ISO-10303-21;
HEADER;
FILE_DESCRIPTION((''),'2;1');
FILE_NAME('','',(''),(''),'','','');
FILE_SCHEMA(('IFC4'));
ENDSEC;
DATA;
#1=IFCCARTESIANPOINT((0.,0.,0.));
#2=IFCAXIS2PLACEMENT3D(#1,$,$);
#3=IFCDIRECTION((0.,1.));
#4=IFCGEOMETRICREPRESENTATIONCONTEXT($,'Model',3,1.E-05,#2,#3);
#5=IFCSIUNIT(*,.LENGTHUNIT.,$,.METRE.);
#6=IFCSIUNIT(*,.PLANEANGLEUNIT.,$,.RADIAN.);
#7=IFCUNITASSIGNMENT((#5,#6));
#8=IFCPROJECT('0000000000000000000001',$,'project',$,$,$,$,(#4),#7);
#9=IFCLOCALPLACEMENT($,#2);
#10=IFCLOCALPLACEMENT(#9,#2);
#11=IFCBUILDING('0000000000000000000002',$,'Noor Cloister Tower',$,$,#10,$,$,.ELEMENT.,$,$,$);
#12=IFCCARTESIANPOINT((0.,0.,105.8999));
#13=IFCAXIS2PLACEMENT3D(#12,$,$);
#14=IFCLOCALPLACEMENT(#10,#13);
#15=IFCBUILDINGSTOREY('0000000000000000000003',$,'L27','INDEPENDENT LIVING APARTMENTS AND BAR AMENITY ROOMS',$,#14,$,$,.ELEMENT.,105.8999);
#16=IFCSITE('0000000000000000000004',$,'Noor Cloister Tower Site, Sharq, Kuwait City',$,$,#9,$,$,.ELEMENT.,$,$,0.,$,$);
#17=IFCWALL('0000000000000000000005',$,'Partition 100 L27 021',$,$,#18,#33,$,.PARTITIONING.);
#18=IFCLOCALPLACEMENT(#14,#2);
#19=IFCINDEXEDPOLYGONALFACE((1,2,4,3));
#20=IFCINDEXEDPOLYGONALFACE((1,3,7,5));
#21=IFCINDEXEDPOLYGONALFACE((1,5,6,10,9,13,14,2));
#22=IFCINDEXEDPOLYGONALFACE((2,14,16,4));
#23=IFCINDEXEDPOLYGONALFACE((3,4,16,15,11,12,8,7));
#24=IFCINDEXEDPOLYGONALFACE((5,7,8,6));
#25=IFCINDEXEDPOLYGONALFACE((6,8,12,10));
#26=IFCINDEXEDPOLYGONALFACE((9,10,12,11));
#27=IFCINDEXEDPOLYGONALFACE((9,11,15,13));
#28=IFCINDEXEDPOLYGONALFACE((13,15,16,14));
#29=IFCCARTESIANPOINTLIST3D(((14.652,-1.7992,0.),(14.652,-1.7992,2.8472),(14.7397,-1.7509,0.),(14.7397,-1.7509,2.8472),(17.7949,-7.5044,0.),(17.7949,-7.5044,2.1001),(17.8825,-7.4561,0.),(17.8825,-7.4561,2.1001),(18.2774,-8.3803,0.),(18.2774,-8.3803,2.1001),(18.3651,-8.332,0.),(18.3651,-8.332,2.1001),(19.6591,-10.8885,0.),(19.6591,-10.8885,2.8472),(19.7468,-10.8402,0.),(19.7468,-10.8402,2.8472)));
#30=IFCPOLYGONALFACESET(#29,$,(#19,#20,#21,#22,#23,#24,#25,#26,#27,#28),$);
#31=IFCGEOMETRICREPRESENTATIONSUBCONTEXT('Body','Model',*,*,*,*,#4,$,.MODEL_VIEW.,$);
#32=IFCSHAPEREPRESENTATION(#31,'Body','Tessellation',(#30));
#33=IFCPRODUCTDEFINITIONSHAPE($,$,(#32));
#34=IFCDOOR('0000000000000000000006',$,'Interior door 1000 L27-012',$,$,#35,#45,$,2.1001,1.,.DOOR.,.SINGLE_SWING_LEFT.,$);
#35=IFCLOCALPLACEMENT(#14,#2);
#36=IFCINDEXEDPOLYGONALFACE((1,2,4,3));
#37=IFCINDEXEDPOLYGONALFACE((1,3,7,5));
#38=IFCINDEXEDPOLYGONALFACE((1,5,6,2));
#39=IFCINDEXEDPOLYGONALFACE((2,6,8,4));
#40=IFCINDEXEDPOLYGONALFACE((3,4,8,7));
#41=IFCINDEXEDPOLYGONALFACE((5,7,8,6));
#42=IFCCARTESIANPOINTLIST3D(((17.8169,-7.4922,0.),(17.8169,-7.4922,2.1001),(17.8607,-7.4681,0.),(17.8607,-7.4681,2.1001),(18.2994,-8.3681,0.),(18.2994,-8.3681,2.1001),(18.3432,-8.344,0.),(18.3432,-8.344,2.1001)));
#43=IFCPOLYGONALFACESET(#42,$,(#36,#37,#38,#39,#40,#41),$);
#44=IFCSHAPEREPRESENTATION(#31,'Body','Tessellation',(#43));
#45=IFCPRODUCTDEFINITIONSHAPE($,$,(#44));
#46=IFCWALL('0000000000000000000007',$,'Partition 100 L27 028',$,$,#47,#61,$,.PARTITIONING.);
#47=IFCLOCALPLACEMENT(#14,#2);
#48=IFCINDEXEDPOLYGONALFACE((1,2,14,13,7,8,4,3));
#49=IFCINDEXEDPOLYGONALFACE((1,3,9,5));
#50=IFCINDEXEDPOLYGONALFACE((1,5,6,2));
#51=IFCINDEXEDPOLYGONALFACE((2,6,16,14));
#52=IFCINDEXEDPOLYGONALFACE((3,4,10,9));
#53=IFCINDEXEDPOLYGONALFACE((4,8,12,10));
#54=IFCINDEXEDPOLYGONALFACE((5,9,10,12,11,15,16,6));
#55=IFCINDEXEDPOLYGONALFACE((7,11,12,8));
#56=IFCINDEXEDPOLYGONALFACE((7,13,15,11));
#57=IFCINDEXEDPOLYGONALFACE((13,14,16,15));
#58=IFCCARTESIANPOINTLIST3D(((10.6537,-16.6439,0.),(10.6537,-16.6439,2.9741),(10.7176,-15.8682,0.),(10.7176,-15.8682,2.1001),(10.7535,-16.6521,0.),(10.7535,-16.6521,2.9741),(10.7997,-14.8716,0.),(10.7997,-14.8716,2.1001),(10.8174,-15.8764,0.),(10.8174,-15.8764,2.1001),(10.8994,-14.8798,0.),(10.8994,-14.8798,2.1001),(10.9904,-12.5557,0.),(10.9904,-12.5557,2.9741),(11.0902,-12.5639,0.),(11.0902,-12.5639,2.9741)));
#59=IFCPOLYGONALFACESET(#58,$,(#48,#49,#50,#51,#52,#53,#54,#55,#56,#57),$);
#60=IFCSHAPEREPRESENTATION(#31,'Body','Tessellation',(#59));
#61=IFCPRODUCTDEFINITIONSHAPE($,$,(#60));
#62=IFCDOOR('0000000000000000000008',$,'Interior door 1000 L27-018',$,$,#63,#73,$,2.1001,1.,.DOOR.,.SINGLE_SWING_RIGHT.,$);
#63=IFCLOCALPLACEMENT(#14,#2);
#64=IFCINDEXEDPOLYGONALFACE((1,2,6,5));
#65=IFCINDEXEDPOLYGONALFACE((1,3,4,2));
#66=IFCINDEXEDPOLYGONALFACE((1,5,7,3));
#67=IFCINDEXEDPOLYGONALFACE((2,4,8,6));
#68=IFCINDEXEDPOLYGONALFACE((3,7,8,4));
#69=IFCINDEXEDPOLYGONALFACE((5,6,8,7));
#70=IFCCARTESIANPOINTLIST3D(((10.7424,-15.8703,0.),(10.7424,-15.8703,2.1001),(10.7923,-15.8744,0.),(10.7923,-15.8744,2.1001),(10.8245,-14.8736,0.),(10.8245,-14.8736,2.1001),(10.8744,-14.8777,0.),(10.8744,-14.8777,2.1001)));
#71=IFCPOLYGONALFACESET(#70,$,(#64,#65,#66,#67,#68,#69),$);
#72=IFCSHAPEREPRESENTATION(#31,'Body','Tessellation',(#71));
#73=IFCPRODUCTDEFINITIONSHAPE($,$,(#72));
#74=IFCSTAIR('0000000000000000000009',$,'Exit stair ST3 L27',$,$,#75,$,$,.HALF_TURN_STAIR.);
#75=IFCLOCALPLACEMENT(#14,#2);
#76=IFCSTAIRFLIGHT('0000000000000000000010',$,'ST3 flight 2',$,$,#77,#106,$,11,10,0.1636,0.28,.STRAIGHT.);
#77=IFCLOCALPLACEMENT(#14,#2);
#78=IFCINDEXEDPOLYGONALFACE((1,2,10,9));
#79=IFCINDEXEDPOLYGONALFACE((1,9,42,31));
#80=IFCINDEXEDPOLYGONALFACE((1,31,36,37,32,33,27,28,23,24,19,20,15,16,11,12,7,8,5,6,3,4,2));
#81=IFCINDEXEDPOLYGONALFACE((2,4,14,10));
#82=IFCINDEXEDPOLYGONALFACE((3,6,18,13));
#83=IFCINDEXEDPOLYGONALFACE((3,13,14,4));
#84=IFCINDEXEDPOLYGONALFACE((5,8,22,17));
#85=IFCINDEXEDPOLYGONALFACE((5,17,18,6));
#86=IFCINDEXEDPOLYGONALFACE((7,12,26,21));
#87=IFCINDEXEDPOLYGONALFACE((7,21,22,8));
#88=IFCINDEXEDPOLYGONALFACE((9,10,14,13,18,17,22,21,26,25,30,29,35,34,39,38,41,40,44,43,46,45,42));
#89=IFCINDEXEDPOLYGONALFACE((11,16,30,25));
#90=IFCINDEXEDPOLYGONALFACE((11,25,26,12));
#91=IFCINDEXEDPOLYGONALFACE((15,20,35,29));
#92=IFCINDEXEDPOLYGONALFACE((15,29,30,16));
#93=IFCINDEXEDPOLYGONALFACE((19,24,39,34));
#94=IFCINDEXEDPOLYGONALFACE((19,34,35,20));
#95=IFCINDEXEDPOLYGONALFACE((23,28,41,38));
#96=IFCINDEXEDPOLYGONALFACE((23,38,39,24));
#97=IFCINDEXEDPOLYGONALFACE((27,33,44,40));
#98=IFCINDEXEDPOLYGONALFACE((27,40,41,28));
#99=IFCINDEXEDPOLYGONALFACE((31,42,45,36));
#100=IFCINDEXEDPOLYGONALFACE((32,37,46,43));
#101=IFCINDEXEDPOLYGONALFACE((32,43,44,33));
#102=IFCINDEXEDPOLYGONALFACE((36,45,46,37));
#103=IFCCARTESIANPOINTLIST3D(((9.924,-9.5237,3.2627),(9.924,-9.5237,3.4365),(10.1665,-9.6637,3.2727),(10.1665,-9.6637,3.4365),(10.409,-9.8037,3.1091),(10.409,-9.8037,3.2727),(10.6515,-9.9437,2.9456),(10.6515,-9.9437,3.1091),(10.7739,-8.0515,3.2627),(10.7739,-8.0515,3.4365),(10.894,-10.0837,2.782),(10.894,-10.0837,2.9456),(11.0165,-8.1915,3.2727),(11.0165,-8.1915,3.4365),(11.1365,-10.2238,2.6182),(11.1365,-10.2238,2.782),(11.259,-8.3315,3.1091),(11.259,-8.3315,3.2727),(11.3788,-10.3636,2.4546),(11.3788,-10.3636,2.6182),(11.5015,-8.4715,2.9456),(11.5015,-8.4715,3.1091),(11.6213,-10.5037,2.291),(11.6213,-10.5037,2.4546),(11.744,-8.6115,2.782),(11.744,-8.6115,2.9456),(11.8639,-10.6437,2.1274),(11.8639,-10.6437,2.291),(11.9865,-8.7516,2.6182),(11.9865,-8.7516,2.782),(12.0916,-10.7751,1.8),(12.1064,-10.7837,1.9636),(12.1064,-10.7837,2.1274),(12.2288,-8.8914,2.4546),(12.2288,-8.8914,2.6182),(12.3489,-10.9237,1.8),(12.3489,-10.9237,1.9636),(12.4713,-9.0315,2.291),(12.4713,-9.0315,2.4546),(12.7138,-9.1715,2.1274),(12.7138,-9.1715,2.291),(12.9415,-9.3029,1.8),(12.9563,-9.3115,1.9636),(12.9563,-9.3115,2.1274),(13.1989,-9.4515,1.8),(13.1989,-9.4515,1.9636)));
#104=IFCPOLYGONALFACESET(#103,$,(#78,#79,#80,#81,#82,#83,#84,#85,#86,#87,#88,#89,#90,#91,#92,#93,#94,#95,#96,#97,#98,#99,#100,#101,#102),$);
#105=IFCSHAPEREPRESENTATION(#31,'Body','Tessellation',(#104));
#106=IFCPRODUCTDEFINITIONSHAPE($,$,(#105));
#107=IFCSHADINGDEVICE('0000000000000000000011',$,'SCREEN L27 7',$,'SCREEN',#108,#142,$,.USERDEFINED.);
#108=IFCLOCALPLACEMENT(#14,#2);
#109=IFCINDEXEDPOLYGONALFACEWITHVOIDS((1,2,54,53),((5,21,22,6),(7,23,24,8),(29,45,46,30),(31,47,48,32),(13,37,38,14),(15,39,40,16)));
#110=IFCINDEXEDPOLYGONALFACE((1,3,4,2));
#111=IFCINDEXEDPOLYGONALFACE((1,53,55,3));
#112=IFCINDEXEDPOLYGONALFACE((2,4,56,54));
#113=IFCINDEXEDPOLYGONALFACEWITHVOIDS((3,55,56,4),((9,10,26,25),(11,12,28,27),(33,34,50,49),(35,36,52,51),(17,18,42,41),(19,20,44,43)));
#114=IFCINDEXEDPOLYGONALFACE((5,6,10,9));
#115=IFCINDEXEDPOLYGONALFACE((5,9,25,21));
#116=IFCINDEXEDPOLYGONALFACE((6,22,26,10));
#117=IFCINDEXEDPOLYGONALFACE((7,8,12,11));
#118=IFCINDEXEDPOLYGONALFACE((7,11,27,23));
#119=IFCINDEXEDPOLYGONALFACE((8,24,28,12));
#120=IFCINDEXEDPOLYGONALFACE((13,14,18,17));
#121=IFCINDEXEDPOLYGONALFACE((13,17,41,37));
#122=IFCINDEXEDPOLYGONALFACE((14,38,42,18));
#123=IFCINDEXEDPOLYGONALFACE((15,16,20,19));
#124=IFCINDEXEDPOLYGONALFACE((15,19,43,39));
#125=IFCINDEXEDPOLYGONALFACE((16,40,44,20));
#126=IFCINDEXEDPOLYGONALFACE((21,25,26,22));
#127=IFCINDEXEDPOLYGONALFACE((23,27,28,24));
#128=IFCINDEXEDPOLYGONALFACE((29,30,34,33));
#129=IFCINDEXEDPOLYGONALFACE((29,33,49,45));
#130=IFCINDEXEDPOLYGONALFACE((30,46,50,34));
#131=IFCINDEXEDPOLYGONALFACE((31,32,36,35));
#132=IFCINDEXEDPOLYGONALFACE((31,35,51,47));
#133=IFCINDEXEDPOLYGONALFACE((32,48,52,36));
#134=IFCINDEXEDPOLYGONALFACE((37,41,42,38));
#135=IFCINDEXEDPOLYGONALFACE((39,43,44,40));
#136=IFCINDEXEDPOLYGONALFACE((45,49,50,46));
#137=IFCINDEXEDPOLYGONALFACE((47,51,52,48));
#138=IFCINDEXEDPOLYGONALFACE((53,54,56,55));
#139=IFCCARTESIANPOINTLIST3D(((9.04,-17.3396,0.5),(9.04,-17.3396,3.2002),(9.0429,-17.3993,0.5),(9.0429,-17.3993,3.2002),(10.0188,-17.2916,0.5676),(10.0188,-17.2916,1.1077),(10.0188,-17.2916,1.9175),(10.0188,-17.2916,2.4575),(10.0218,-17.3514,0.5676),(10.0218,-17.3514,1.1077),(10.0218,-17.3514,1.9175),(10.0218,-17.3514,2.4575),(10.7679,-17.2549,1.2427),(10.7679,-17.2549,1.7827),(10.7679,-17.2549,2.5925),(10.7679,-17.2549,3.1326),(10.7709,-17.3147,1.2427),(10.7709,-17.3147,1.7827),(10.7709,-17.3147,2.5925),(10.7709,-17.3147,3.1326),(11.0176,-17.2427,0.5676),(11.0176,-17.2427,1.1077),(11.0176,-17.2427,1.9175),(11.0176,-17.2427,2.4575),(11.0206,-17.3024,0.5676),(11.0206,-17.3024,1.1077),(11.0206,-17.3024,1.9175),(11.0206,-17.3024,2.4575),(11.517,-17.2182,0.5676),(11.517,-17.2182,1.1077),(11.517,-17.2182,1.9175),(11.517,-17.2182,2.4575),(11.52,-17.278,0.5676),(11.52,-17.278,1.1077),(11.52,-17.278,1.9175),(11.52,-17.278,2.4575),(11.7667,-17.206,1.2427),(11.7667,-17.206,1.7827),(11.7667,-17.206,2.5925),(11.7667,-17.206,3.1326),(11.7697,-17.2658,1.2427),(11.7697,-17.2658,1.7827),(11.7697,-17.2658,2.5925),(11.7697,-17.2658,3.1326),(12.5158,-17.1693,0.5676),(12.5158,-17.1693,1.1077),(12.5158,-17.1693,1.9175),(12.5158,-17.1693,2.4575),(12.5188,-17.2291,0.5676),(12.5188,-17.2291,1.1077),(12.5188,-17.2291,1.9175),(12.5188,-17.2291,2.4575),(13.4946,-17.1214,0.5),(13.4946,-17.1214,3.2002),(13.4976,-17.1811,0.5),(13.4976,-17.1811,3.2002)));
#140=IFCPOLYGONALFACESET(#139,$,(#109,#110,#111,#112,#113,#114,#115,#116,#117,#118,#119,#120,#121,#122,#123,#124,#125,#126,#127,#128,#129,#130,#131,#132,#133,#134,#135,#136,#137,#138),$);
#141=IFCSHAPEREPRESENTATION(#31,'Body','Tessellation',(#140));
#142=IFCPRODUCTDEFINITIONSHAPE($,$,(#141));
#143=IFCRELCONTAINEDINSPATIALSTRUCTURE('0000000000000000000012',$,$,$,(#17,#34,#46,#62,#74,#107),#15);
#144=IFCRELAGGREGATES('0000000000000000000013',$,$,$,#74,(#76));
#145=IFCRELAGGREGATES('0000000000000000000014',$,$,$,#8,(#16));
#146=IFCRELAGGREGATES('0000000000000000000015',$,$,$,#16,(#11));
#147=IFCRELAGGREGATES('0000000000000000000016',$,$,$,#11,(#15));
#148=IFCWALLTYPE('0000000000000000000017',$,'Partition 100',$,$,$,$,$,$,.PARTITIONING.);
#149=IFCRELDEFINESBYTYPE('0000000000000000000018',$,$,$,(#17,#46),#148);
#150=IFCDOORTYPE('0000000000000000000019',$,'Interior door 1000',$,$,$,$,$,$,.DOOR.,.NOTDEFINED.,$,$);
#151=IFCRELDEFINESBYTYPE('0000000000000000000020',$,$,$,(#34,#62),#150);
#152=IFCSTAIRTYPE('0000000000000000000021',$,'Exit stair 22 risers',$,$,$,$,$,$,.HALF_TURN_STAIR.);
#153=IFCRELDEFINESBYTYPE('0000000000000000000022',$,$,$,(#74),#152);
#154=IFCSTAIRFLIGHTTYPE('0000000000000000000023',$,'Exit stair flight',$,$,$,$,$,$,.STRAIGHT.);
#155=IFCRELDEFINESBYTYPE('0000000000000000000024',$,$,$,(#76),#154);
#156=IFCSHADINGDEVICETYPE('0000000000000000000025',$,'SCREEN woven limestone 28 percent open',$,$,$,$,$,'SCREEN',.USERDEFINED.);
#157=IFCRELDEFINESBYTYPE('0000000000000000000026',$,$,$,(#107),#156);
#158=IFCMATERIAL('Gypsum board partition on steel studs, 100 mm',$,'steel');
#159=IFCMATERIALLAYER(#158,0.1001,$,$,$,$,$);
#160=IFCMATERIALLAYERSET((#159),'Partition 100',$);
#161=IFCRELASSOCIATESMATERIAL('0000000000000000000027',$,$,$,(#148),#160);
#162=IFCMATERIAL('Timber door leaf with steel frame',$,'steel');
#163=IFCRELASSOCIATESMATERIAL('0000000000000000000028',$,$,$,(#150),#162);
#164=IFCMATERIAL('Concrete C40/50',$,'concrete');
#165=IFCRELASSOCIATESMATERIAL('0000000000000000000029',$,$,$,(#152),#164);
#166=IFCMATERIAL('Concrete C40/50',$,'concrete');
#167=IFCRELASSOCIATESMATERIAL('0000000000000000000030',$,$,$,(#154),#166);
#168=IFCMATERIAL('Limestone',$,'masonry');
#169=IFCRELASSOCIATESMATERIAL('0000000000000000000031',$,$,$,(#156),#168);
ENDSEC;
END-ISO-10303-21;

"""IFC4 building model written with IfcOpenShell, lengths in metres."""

from ifc_helpers import new_model, si_unit, direction, frame, frame_2d, origin, place, context, subcontext, project, spatial, polyline, rectangle, outline, extrude, material, layer, layer_set, material_profile, profile_set, type_object, element, fill, aggregate, save


model = new_model("IFC4")

# Units and contexts
model_context = context("Model", 3, precision=1e-05, world=origin(), true_north=direction((0.0, 1.0)))
body_context = subcontext(model_context, "Body", "Model", "MODEL_VIEW")
ifc_project = project(units=[si_unit("LENGTHUNIT", "METRE"), si_unit("PLANEANGLEUNIT", "RADIAN")], contexts=[model_context])

# Site, building, storey
site_placement = place(None, origin())
site = spatial("IfcSite", under=ifc_project, at=site_placement, Name="Noor Cloister Tower Site, Sharq, Kuwait City", CompositionType="ELEMENT", RefElevation=0.0)
building_placement = place(site_placement, origin())
building = spatial("IfcBuilding", under=site, at=building_placement, Name="Noor Cloister Tower", CompositionType="ELEMENT")
storey_placement = place(building_placement, frame((0.0, 0.0, 105.8999)))
storey = spatial("IfcBuildingStorey", under=building, at=storey_placement, Name="L27", Description="INDEPENDENT LIVING APARTMENTS AND BAR AMENITY ROOMS", CompositionType="ELEMENT", Elevation=105.8999)

# Walls, openings, doors
ifc_material_1 = material(Name="Gypsum board partition on steel studs, 100 mm", Category="steel")
ifc_layer_1 = layer(ifc_material_1, 0.1001)
ifc_layer_set_1 = layer_set([ifc_layer_1], Name="Partition 100")
wall_type = type_object("IfcWallType", Name="Partition 100", PredefinedType="PARTITIONING", material=ifc_layer_set_1)
wall_1_placement = place(storey_placement, frame((19.7029, -10.8643, 0.0), z_axis=(0.0, 0.0, 1.0), x_axis=(-0.482506, 0.875893, 0.0)))
wall_1 = element("IfcWall", 1, at=wall_1_placement, inside=storey, type_object=wall_type, Name="Partition 100 L27 021", PredefinedType="PARTITIONING", context=body_context, shape_type="SweptSolid", body=[
    extrude(rectangle(XDim=10.3772, YDim=0.1001, at=frame_2d((5.1885, 0.0))), origin(), (0.0, 0.0, 1.0), 2.8472),
])
opening_1_placement = place(wall_1_placement, frame((2.8635, 0.0, 0.0)))
opening_1 = element("IfcOpeningElement", 2, at=opening_1_placement, cuts=wall_1, PredefinedType="OPENING", context=body_context, shape_type="SweptSolid", body=[
    extrude(rectangle(XDim=1.0, YDim=2.1001, at=frame_2d((0.5, 1.05))), frame((0.0, 0.0601, 0.0), z_axis=(0.0, -1.0, 0.0), x_axis=(1.0, 0.0, 0.0)), (0.0, 0.0, 1.0), 0.1201),
])
ifc_material_2 = material(Name="Timber door leaf with steel frame", Category="steel")
door_type = type_object("IfcDoorType", Name="Interior door 1000", OperationType="NOTDEFINED", PredefinedType="DOOR", material=ifc_material_2)
door_1_placement = place(opening_1_placement, origin())
door_1 = element("IfcDoor", 3, at=door_1_placement, inside=storey, type_object=door_type, Name="Interior door 1000 L27-012", OperationType="SINGLE_SWING_LEFT", OverallHeight=2.1001, OverallWidth=1.0, PredefinedType="DOOR", context=body_context, shape_type="SweptSolid", body=[
    extrude(rectangle(XDim=1.0, YDim=2.1001, at=frame_2d((0.5, 1.05))), frame((0.0, 0.0249, 0.0), z_axis=(0.0, -1.0, 0.0), x_axis=(1.0, 0.0, 0.0)), (0.0, 0.0, 1.0), 0.05),
])
fill(opening_1, door_1)
wall_2_placement = place(storey_placement, frame((11.0403, -12.5598, 0.0), z_axis=(0.0, 0.0, 1.0), x_axis=(-0.082075, -0.996626, 0.0)))
wall_2 = element("IfcWall", 4, at=wall_2_placement, inside=storey, type_object=wall_type, Name="Partition 100 L27 028", PredefinedType="PARTITIONING", context=body_context, shape_type="SweptSolid", body=[
    extrude(rectangle(XDim=4.1021, YDim=0.1001, at=frame_2d((2.051, 0.0))), origin(), (0.0, 0.0, 1.0), 2.9741),
])
opening_2_placement = place(wall_2_placement, frame((2.3237, 0.0, 0.0)))
opening_2 = element("IfcOpeningElement", 5, at=opening_2_placement, cuts=wall_2, PredefinedType="OPENING", context=body_context, shape_type="SweptSolid", body=[
    extrude(rectangle(XDim=1.0, YDim=2.1001, at=frame_2d((0.5, 1.05))), frame((0.0, 0.0601, 0.0), z_axis=(0.0, -1.0, 0.0), x_axis=(1.0, 0.0, 0.0)), (0.0, 0.0, 1.0), 0.1201),
])
door_2_placement = place(opening_2_placement, origin())
door_2 = element("IfcDoor", 6, at=door_2_placement, inside=storey, type_object=door_type, Name="Interior door 1000 L27-018", OperationType="SINGLE_SWING_RIGHT", OverallHeight=2.1001, OverallWidth=1.0, PredefinedType="DOOR", context=body_context, shape_type="SweptSolid", body=[
    extrude(rectangle(XDim=1.0, YDim=2.1001, at=frame_2d((0.5, 1.05))), frame((0.0, 0.0249, 0.0), z_axis=(0.0, -1.0, 0.0), x_axis=(1.0, 0.0, 0.0)), (0.0, 0.0, 1.0), 0.05),
])
fill(opening_2, door_2)

# Stair, stair flight
ifc_material_3 = material(Name="Concrete C40/50", Category="concrete")
stair_type = type_object("IfcStairType", Name="Exit stair 22 risers", PredefinedType="HALF_TURN_STAIR", material=ifc_material_3)
stair_placement = place(storey_placement, origin())
stair = element("IfcStair", 7, at=stair_placement, inside=storey, type_object=stair_type, Name="Exit stair ST3 L27", PredefinedType="HALF_TURN_STAIR")
ifc_material_4 = material(Name="Concrete C40/50", Category="concrete")
stair_flight_type = type_object("IfcStairFlightType", Name="Exit stair flight", PredefinedType="STRAIGHT", material=ifc_material_4)
stair_flight_placement = place(storey_placement, frame((12.7739, -10.1875, 1.8), z_axis=(0.0, 0.0, 1.0), x_axis=(-0.866025, 0.5, 0.0)))
stair_flight = element("IfcStairFlight", 8, at=stair_flight_placement, type_object=stair_flight_type, Name="ST3 flight 2", NumberOfRisers=11, NumberOfTreads=10, PredefinedType="STRAIGHT", RiserHeight=0.1636, TreadLength=0.28, context=body_context, shape_type="SweptSolid", body=[
    extrude(outline(polyline([(0.0, 0.0), (0.0, 0.1636), (0.28, 0.1636), (0.28, 0.3274), (0.5601, 0.3274), (0.5601, 0.491), (0.8401, 0.491), (0.8401, 0.6545), (1.1201, 0.6545), (1.1201, 0.8181), (1.3999, 0.8181), (1.3999, 0.9819), (1.6799, 0.9819), (1.6799, 1.1455), (1.96, 1.1455), (1.96, 1.3091), (2.24, 1.3091), (2.24, 1.4727), (2.52, 1.4727), (2.52, 1.6365), (2.8, 1.6365), (2.8, 1.8), (2.8, 1.4626), (0.2971, 0.0), (0.0, 0.0)])), frame((0.0, 0.8501, 0.0), z_axis=(0.0, -1.0, 0.0), x_axis=(1.0, 0.0, 0.0)), (0.0, 0.0, 1.0), 1.7),
])
aggregate(stair, [stair_flight])

# Shading device
ifc_material_5 = material(Name="Limestone", Category="masonry")
ifc_material_profile_1 = material_profile(ifc_material_5, outline(polyline([(-2.23, -1.3501), (2.23, -1.3501), (2.23, 1.3501), (-2.23, 1.3501), (-2.23, -1.3501)]), holes=[polyline([(-1.25, -1.2825), (-0.25, -1.2825), (-0.25, -0.7424), (-1.25, -0.7424), (-1.25, -1.2825)]), polyline([(0.25, -1.2825), (1.25, -1.2825), (1.25, -0.7424), (0.25, -0.7424), (0.25, -1.2825)]), polyline([(-0.5, -0.6074), (0.5, -0.6074), (0.5, -0.0674), (-0.5, -0.0674), (-0.5, -0.6074)]), polyline([(-1.25, 0.0674), (-0.25, 0.0674), (-0.25, 0.6074), (-1.25, 0.6074), (-1.25, 0.0674)]), polyline([(0.25, 0.0674), (1.25, 0.0674), (1.25, 0.6074), (0.25, 0.6074), (0.25, 0.0674)]), polyline([(-0.5, 0.7424), (0.5, 0.7424), (0.5, 1.2825), (-0.5, 1.2825), (-0.5, 0.7424)])]), Name="Woven screen 28 percent open")
ifc_profile_set_1 = profile_set([ifc_material_profile_1], Name="Limestone")
shading_device_type = type_object("IfcShadingDeviceType", Name="SCREEN woven limestone 28 percent open", ElementType="SCREEN", PredefinedType="USERDEFINED", material=ifc_profile_set_1)
shading_device_1_placement = place(storey_placement, frame((11.2673, -17.2305, 1.8501), z_axis=(0.048921, -0.998803, 0.0), x_axis=(0.998803, 0.048921, 0.0)))
element("IfcShadingDevice", 9, at=shading_device_1_placement, inside=storey, type_object=shading_device_type, Name="SCREEN L27 7", ObjectType="SCREEN", PredefinedType="USERDEFINED", context=body_context, shape_type="SweptSolid", body=[
    extrude(outline(polyline([(-2.23, -1.3501), (2.23, -1.3501), (2.23, 1.3501), (-2.23, 1.3501), (-2.23, -1.3501)]), holes=[polyline([(-1.25, -1.2825), (-0.25, -1.2825), (-0.25, -0.7424), (-1.25, -0.7424), (-1.25, -1.2825)]), polyline([(0.25, -1.2825), (1.25, -1.2825), (1.25, -0.7424), (0.25, -0.7424), (0.25, -1.2825)]), polyline([(-0.5, -0.6074), (0.5, -0.6074), (0.5, -0.0674), (-0.5, -0.0674), (-0.5, -0.6074)]), polyline([(-1.25, 0.0674), (-0.25, 0.0674), (-0.25, 0.6074), (-1.25, 0.6074), (-1.25, 0.0674)]), polyline([(0.25, 0.0674), (1.25, 0.0674), (1.25, 0.6074), (0.25, 0.6074), (0.25, 0.0674)]), polyline([(-0.5, 0.7424), (0.5, 0.7424), (0.5, 1.2825), (-0.5, 1.2825), (-0.5, 0.7424)])]), origin(), (0.0, 0.0, 1.0), 0.0598),
])

save(model, "model.ifc")
